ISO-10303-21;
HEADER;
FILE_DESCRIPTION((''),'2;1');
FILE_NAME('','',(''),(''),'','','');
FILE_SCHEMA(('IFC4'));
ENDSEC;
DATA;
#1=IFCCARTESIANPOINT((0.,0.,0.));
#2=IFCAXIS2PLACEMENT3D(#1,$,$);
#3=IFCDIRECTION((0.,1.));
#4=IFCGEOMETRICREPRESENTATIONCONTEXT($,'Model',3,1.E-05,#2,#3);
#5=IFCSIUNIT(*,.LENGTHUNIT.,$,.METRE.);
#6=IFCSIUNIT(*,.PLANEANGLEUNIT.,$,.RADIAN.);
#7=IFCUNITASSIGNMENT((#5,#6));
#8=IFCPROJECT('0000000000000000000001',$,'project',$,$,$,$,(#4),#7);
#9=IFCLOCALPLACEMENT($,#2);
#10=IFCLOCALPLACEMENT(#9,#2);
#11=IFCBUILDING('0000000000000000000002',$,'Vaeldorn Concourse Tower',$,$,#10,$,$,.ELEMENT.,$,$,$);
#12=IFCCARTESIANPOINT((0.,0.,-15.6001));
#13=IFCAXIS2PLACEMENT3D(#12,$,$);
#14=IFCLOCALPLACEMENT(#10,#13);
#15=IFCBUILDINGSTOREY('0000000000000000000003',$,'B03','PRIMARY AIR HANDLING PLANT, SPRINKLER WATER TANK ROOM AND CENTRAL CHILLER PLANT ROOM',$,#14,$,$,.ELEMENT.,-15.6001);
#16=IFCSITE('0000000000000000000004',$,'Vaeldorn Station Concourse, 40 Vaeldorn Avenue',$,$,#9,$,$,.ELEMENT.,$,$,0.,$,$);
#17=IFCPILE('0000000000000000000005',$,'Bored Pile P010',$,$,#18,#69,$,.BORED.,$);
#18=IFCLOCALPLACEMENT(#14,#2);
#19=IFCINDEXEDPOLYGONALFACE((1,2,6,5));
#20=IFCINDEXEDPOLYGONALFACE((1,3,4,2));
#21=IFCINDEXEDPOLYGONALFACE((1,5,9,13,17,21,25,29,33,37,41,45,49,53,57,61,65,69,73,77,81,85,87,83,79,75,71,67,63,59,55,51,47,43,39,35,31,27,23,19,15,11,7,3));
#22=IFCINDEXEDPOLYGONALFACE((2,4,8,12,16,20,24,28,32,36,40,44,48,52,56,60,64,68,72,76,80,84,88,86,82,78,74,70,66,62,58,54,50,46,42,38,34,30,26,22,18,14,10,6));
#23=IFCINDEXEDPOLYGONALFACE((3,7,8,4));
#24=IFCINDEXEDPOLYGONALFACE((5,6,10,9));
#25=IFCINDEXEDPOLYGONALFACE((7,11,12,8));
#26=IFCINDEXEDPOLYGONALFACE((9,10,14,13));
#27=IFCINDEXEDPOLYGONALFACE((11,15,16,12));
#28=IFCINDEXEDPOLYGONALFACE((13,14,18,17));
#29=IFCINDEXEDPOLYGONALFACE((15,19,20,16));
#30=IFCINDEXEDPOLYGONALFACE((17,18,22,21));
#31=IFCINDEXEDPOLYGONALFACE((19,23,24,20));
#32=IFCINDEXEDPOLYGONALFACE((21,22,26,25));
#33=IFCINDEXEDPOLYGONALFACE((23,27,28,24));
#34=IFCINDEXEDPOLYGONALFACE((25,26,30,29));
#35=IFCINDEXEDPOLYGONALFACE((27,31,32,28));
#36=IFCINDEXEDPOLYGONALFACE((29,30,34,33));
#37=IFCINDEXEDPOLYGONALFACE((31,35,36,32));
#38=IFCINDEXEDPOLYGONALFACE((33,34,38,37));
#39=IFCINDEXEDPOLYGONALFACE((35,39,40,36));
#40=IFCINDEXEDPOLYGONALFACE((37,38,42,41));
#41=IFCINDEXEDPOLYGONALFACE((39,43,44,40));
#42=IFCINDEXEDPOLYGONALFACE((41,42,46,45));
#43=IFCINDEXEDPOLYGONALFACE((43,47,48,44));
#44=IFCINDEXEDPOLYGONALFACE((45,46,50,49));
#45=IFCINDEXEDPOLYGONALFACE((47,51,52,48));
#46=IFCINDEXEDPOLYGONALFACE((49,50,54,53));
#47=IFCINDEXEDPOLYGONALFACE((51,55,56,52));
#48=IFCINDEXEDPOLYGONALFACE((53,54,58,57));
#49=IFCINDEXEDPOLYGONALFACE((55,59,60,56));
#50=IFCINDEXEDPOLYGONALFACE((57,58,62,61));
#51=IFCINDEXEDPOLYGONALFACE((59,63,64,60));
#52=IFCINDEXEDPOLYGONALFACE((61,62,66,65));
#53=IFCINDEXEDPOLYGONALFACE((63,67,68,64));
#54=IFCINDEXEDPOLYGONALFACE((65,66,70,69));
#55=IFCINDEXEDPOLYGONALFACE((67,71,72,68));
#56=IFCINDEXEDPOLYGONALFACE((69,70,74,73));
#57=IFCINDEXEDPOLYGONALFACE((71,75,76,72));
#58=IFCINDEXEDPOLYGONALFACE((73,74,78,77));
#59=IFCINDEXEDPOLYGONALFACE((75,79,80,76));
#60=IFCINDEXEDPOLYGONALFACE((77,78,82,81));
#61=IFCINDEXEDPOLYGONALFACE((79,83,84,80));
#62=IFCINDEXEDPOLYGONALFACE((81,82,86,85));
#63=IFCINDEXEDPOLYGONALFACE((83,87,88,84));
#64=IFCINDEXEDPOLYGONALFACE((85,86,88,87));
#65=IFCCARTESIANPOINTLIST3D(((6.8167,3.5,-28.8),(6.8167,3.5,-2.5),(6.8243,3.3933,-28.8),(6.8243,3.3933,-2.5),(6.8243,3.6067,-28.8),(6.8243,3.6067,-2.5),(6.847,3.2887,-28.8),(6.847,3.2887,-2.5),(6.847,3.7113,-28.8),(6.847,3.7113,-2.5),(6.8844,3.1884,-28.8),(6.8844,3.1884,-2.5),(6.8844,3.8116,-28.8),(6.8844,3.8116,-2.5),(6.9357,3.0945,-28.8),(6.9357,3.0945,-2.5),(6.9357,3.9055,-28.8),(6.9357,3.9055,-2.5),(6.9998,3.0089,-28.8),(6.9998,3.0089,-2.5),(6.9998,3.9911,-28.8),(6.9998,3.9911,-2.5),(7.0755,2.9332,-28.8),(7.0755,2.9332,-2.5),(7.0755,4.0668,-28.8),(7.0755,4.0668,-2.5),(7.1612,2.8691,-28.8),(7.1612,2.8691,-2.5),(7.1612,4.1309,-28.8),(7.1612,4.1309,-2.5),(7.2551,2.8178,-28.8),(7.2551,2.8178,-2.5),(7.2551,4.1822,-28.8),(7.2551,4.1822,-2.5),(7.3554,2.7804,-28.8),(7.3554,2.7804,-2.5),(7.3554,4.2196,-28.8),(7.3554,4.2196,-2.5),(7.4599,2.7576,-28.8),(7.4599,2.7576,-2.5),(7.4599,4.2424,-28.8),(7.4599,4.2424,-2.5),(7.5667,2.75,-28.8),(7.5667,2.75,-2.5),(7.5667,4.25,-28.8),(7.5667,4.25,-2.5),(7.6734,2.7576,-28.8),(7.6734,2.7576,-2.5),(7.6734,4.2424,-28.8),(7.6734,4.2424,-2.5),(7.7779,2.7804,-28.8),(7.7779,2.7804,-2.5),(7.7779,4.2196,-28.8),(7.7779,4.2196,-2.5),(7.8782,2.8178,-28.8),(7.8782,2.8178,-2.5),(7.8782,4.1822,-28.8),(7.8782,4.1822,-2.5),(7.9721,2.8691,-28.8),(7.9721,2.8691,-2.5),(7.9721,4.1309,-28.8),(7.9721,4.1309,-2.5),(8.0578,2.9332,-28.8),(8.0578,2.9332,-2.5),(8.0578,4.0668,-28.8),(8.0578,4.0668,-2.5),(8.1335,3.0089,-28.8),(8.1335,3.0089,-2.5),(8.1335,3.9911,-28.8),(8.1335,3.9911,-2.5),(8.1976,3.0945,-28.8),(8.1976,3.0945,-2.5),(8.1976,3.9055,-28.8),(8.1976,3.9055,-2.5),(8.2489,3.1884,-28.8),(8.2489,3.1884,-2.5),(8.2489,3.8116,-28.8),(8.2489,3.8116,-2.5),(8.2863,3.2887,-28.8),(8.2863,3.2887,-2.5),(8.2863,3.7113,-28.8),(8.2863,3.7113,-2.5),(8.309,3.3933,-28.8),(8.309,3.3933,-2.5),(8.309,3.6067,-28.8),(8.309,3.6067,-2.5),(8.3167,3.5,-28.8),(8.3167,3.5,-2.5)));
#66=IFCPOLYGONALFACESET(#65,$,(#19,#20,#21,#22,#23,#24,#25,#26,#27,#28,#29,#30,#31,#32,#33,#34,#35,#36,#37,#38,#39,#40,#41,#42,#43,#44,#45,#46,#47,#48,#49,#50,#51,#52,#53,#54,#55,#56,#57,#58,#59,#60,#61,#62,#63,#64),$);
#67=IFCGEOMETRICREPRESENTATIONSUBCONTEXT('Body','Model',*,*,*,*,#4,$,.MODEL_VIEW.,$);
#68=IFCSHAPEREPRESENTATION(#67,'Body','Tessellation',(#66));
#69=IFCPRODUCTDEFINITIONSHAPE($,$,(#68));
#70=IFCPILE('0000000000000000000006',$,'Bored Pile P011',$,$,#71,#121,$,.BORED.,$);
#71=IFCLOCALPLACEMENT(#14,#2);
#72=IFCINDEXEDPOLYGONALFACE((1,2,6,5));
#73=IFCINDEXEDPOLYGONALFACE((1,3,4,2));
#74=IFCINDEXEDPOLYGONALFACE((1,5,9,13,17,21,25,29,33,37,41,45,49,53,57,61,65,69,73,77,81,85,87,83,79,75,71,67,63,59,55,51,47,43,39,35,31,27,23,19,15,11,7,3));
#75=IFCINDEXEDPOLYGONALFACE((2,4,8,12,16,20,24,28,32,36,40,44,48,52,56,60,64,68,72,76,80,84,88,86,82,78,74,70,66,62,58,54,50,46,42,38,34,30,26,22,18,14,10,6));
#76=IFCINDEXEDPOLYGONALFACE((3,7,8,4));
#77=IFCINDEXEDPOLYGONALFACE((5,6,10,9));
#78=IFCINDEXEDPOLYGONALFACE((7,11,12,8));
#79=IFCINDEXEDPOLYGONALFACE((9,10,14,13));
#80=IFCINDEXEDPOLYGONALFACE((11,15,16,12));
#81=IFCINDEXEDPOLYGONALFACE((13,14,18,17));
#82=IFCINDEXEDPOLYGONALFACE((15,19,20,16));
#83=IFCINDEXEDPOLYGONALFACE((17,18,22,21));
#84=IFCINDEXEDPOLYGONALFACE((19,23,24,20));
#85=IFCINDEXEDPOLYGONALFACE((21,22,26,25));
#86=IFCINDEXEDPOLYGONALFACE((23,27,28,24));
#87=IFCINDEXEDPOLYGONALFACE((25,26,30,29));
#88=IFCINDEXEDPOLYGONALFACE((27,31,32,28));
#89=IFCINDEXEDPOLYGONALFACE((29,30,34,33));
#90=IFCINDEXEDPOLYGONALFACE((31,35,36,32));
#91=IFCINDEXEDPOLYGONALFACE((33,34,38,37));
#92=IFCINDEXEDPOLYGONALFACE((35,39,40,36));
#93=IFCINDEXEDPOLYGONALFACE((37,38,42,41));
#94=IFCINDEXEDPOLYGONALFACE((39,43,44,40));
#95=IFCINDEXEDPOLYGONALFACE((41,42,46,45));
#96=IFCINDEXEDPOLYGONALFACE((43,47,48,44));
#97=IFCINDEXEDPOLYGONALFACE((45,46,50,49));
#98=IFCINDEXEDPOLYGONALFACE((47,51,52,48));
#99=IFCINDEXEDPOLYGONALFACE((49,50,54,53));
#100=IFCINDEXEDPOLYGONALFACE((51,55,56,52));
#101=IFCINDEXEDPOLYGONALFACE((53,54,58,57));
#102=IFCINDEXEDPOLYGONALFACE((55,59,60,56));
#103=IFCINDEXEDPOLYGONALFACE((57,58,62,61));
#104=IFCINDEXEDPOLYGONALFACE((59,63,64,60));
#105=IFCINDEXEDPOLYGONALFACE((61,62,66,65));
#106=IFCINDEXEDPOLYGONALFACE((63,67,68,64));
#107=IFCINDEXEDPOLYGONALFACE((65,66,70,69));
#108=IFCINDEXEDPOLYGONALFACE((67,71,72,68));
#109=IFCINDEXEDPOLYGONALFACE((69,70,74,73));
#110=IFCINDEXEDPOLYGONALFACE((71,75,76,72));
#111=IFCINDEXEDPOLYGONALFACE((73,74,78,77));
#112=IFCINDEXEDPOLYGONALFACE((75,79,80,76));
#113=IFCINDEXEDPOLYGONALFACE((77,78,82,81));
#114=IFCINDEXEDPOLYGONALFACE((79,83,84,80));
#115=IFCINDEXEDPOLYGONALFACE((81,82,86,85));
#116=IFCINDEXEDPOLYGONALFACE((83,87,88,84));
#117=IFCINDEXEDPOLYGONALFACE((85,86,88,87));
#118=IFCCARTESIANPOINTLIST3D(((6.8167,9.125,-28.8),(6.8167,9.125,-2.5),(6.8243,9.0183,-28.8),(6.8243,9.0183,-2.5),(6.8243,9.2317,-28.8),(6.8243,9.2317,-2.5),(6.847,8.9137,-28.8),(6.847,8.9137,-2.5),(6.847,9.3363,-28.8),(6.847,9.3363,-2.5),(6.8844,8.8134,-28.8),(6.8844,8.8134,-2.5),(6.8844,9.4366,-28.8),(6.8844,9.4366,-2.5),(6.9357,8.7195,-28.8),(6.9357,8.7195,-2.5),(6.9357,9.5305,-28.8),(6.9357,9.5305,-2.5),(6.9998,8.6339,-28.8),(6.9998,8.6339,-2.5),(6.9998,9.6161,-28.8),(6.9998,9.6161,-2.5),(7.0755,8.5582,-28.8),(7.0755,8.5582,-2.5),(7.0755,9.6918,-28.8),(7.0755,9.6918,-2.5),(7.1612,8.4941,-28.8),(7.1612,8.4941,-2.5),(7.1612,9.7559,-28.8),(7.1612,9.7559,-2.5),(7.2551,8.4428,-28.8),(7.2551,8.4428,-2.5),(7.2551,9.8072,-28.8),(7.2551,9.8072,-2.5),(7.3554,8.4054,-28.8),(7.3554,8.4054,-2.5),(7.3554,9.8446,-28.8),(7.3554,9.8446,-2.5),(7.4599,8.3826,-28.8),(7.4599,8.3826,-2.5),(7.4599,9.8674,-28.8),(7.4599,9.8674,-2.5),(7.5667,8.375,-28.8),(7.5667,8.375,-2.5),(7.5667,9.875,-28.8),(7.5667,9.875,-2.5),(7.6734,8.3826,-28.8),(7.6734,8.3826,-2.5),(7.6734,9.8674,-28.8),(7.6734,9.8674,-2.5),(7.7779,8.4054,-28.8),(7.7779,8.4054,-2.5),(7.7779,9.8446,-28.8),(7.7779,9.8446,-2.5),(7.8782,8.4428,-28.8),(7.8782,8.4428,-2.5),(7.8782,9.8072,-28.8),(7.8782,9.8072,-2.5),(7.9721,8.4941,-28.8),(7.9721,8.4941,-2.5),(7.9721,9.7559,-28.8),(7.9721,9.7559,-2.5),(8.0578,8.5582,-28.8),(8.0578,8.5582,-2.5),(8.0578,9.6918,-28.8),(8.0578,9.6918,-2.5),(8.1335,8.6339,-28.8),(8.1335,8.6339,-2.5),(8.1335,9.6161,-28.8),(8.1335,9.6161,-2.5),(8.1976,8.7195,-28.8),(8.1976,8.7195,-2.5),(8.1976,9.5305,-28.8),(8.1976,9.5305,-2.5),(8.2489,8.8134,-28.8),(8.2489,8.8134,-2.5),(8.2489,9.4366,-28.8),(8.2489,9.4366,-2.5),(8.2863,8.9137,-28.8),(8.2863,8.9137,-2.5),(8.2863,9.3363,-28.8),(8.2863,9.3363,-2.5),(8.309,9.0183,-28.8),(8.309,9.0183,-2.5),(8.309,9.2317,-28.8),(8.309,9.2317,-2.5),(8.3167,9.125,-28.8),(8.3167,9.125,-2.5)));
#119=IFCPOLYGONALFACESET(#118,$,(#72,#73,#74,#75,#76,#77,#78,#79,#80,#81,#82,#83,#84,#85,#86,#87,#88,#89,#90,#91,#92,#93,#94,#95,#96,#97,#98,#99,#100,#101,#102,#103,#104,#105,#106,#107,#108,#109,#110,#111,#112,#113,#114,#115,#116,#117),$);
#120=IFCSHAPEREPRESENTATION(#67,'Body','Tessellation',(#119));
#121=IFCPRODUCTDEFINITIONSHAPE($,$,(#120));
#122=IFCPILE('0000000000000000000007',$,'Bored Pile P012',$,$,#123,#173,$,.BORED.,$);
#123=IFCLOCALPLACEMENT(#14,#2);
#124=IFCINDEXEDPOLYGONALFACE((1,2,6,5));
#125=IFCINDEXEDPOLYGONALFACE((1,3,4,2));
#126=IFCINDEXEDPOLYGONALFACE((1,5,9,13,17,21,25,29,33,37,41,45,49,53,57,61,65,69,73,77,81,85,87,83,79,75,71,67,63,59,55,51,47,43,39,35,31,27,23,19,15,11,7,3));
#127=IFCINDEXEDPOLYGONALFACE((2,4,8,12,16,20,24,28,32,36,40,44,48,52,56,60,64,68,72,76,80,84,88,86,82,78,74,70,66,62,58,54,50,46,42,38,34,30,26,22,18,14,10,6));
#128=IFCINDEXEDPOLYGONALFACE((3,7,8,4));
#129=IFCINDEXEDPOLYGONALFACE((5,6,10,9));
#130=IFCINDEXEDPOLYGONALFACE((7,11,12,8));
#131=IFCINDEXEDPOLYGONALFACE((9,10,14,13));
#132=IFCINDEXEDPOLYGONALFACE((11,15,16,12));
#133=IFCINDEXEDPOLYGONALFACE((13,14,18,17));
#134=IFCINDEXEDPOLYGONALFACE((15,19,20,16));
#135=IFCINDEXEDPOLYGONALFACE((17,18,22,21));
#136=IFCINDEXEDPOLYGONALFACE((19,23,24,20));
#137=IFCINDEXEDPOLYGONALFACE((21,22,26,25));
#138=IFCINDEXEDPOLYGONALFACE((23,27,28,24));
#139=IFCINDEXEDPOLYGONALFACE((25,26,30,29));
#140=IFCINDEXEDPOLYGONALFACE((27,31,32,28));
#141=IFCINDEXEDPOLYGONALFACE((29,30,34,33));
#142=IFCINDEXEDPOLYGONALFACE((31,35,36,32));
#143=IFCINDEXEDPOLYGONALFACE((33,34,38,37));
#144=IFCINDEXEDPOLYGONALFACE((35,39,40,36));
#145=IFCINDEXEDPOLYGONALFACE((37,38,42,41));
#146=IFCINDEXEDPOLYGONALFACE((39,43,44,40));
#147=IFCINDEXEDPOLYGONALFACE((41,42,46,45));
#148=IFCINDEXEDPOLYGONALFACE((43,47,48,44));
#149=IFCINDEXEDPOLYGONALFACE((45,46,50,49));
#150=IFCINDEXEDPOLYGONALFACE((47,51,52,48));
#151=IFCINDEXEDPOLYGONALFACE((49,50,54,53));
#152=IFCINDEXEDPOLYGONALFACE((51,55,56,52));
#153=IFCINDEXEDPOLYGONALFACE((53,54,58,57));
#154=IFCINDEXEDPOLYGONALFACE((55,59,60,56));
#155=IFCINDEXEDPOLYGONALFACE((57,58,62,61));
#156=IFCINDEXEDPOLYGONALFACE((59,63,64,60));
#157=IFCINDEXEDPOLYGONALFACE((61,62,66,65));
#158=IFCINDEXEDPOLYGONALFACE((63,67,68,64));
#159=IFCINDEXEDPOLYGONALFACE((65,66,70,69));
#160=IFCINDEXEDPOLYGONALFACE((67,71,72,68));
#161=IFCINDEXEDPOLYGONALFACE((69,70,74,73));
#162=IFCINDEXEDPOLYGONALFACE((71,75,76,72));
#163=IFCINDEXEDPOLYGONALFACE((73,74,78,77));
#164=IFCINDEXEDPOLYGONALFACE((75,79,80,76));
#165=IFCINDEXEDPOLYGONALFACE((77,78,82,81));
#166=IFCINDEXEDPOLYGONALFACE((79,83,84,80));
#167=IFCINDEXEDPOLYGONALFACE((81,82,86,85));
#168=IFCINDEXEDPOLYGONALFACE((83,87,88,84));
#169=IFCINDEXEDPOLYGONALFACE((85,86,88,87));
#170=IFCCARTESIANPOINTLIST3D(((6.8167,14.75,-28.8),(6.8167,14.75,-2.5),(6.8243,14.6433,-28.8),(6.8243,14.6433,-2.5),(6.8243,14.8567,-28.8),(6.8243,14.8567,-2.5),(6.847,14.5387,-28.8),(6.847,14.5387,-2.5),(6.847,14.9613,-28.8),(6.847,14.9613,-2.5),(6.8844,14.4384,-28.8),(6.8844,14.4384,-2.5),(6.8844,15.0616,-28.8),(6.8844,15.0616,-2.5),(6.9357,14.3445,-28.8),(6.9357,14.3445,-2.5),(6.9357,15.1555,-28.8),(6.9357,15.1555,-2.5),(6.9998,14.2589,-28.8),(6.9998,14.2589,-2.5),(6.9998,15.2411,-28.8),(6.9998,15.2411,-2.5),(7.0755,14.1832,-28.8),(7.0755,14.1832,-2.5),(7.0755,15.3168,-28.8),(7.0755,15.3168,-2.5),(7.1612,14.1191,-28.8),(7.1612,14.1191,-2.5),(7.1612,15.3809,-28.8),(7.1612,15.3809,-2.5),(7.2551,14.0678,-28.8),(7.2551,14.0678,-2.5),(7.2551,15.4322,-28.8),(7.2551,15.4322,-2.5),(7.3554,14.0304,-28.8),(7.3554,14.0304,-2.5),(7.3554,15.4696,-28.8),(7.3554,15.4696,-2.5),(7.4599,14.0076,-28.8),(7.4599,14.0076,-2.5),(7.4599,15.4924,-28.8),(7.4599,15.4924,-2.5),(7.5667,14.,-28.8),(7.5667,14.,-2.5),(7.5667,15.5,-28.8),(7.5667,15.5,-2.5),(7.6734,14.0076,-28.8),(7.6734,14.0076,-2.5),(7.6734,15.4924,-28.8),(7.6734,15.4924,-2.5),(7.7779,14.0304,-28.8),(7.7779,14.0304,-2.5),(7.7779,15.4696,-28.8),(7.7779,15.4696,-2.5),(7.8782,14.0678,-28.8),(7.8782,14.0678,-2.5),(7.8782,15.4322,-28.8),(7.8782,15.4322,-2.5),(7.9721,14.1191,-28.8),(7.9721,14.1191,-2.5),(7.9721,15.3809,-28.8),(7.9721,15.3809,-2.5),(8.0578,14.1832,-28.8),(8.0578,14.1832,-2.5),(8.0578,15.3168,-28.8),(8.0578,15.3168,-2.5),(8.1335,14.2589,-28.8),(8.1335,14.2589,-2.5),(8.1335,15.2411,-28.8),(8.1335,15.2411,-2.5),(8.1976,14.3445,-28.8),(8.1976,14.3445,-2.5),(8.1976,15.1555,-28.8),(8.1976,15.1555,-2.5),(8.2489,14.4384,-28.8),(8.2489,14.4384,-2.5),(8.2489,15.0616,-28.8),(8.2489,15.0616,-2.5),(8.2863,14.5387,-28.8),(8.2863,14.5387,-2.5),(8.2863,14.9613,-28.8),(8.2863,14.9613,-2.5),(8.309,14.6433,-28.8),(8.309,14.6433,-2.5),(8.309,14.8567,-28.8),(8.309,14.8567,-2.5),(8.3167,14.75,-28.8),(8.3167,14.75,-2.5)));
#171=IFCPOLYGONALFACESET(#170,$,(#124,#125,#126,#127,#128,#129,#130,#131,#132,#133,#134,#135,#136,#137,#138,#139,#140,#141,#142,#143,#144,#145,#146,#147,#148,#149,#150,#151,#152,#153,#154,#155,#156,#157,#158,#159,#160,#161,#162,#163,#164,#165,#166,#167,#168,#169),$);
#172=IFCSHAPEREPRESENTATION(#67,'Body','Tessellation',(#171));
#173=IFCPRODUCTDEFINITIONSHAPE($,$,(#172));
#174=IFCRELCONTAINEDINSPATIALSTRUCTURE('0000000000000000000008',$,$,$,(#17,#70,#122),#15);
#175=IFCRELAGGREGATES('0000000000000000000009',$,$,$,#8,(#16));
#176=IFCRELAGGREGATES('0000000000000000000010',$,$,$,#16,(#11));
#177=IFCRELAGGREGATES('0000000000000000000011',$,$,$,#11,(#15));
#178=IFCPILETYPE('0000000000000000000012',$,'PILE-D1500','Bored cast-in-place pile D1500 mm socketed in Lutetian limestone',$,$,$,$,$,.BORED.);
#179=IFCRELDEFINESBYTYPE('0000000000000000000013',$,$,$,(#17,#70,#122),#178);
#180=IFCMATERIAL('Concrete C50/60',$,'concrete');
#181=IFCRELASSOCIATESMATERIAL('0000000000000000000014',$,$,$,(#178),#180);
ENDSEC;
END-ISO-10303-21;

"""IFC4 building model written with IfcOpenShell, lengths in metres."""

from ifc_helpers import new_model, si_unit, direction, frame, origin, origin_2d, place, context, subcontext, project, spatial, circle, extrude, material, material_profile, profile_set, type_object, element, save


model = new_model("IFC4")

# Units and contexts
model_context = context("Model", 3, precision=1e-05, world=origin(), true_north=direction((0.0, 1.0)))
body_context = subcontext(model_context, "Body", "Model", "MODEL_VIEW")
ifc_project = project(units=[si_unit("LENGTHUNIT", "METRE"), si_unit("PLANEANGLEUNIT", "RADIAN")], contexts=[model_context])

# Site, building, storey
site_placement = place(None, origin())
site = spatial("IfcSite", under=ifc_project, at=site_placement, Name="Vaeldorn Station Concourse, 40 Vaeldorn Avenue", CompositionType="ELEMENT", RefElevation=0.0)
building_placement = place(site_placement, origin())
building = spatial("IfcBuilding", under=site, at=building_placement, Name="Vaeldorn Concourse Tower", CompositionType="ELEMENT")
storey_placement = place(building_placement, frame((0.0, 0.0, -15.6001)))
storey = spatial("IfcBuildingStorey", under=building, at=storey_placement, Name="B03", Description="PRIMARY AIR HANDLING PLANT, SPRINKLER WATER TANK ROOM AND CENTRAL CHILLER PLANT ROOM", CompositionType="ELEMENT", Elevation=-15.6001)

# Piles
ifc_material_1 = material(Name="Concrete C50/60", Category="concrete")
ifc_material_profile_1 = material_profile(ifc_material_1, circle(Radius=0.75, at=origin_2d()), Name="BORED PILE D1500")
ifc_profile_set_1 = profile_set([ifc_material_profile_1], Name="Concrete C50/60")
pile_type = type_object("IfcPileType", Name="PILE-D1500", Description="Bored cast-in-place pile D1500 mm socketed in Lutetian limestone", PredefinedType="BORED", material=ifc_profile_set_1)
for number, where, z_axis, x_axis, name in (
    (1, (7.5667, 3.5, -2.5), (0.0, 0.0, -1.0), (1.0, 0.0, 0.0), "Bored Pile P010"),
    (2, (7.5667, 9.125, -2.5), (0.0, 0.0, -1.0), (1.0, 0.0, 0.0), "Bored Pile P011"),
    (3, (7.5667, 14.75, -2.5), (0.0, 0.0, -1.0), (1.0, 0.0, 0.0), "Bored Pile P012"),
):
    element("IfcPile", number, at=place(storey_placement, frame(where, z_axis=z_axis, x_axis=x_axis)), inside=storey, type_object=pile_type, Name=name, PredefinedType="BORED", context=body_context, shape_type="SweptSolid", body=[
        extrude(circle(Radius=0.75, at=origin_2d()), origin(), (0.0, 0.0, 1.0), 26.3),
    ])

save(model, "model.ifc")
